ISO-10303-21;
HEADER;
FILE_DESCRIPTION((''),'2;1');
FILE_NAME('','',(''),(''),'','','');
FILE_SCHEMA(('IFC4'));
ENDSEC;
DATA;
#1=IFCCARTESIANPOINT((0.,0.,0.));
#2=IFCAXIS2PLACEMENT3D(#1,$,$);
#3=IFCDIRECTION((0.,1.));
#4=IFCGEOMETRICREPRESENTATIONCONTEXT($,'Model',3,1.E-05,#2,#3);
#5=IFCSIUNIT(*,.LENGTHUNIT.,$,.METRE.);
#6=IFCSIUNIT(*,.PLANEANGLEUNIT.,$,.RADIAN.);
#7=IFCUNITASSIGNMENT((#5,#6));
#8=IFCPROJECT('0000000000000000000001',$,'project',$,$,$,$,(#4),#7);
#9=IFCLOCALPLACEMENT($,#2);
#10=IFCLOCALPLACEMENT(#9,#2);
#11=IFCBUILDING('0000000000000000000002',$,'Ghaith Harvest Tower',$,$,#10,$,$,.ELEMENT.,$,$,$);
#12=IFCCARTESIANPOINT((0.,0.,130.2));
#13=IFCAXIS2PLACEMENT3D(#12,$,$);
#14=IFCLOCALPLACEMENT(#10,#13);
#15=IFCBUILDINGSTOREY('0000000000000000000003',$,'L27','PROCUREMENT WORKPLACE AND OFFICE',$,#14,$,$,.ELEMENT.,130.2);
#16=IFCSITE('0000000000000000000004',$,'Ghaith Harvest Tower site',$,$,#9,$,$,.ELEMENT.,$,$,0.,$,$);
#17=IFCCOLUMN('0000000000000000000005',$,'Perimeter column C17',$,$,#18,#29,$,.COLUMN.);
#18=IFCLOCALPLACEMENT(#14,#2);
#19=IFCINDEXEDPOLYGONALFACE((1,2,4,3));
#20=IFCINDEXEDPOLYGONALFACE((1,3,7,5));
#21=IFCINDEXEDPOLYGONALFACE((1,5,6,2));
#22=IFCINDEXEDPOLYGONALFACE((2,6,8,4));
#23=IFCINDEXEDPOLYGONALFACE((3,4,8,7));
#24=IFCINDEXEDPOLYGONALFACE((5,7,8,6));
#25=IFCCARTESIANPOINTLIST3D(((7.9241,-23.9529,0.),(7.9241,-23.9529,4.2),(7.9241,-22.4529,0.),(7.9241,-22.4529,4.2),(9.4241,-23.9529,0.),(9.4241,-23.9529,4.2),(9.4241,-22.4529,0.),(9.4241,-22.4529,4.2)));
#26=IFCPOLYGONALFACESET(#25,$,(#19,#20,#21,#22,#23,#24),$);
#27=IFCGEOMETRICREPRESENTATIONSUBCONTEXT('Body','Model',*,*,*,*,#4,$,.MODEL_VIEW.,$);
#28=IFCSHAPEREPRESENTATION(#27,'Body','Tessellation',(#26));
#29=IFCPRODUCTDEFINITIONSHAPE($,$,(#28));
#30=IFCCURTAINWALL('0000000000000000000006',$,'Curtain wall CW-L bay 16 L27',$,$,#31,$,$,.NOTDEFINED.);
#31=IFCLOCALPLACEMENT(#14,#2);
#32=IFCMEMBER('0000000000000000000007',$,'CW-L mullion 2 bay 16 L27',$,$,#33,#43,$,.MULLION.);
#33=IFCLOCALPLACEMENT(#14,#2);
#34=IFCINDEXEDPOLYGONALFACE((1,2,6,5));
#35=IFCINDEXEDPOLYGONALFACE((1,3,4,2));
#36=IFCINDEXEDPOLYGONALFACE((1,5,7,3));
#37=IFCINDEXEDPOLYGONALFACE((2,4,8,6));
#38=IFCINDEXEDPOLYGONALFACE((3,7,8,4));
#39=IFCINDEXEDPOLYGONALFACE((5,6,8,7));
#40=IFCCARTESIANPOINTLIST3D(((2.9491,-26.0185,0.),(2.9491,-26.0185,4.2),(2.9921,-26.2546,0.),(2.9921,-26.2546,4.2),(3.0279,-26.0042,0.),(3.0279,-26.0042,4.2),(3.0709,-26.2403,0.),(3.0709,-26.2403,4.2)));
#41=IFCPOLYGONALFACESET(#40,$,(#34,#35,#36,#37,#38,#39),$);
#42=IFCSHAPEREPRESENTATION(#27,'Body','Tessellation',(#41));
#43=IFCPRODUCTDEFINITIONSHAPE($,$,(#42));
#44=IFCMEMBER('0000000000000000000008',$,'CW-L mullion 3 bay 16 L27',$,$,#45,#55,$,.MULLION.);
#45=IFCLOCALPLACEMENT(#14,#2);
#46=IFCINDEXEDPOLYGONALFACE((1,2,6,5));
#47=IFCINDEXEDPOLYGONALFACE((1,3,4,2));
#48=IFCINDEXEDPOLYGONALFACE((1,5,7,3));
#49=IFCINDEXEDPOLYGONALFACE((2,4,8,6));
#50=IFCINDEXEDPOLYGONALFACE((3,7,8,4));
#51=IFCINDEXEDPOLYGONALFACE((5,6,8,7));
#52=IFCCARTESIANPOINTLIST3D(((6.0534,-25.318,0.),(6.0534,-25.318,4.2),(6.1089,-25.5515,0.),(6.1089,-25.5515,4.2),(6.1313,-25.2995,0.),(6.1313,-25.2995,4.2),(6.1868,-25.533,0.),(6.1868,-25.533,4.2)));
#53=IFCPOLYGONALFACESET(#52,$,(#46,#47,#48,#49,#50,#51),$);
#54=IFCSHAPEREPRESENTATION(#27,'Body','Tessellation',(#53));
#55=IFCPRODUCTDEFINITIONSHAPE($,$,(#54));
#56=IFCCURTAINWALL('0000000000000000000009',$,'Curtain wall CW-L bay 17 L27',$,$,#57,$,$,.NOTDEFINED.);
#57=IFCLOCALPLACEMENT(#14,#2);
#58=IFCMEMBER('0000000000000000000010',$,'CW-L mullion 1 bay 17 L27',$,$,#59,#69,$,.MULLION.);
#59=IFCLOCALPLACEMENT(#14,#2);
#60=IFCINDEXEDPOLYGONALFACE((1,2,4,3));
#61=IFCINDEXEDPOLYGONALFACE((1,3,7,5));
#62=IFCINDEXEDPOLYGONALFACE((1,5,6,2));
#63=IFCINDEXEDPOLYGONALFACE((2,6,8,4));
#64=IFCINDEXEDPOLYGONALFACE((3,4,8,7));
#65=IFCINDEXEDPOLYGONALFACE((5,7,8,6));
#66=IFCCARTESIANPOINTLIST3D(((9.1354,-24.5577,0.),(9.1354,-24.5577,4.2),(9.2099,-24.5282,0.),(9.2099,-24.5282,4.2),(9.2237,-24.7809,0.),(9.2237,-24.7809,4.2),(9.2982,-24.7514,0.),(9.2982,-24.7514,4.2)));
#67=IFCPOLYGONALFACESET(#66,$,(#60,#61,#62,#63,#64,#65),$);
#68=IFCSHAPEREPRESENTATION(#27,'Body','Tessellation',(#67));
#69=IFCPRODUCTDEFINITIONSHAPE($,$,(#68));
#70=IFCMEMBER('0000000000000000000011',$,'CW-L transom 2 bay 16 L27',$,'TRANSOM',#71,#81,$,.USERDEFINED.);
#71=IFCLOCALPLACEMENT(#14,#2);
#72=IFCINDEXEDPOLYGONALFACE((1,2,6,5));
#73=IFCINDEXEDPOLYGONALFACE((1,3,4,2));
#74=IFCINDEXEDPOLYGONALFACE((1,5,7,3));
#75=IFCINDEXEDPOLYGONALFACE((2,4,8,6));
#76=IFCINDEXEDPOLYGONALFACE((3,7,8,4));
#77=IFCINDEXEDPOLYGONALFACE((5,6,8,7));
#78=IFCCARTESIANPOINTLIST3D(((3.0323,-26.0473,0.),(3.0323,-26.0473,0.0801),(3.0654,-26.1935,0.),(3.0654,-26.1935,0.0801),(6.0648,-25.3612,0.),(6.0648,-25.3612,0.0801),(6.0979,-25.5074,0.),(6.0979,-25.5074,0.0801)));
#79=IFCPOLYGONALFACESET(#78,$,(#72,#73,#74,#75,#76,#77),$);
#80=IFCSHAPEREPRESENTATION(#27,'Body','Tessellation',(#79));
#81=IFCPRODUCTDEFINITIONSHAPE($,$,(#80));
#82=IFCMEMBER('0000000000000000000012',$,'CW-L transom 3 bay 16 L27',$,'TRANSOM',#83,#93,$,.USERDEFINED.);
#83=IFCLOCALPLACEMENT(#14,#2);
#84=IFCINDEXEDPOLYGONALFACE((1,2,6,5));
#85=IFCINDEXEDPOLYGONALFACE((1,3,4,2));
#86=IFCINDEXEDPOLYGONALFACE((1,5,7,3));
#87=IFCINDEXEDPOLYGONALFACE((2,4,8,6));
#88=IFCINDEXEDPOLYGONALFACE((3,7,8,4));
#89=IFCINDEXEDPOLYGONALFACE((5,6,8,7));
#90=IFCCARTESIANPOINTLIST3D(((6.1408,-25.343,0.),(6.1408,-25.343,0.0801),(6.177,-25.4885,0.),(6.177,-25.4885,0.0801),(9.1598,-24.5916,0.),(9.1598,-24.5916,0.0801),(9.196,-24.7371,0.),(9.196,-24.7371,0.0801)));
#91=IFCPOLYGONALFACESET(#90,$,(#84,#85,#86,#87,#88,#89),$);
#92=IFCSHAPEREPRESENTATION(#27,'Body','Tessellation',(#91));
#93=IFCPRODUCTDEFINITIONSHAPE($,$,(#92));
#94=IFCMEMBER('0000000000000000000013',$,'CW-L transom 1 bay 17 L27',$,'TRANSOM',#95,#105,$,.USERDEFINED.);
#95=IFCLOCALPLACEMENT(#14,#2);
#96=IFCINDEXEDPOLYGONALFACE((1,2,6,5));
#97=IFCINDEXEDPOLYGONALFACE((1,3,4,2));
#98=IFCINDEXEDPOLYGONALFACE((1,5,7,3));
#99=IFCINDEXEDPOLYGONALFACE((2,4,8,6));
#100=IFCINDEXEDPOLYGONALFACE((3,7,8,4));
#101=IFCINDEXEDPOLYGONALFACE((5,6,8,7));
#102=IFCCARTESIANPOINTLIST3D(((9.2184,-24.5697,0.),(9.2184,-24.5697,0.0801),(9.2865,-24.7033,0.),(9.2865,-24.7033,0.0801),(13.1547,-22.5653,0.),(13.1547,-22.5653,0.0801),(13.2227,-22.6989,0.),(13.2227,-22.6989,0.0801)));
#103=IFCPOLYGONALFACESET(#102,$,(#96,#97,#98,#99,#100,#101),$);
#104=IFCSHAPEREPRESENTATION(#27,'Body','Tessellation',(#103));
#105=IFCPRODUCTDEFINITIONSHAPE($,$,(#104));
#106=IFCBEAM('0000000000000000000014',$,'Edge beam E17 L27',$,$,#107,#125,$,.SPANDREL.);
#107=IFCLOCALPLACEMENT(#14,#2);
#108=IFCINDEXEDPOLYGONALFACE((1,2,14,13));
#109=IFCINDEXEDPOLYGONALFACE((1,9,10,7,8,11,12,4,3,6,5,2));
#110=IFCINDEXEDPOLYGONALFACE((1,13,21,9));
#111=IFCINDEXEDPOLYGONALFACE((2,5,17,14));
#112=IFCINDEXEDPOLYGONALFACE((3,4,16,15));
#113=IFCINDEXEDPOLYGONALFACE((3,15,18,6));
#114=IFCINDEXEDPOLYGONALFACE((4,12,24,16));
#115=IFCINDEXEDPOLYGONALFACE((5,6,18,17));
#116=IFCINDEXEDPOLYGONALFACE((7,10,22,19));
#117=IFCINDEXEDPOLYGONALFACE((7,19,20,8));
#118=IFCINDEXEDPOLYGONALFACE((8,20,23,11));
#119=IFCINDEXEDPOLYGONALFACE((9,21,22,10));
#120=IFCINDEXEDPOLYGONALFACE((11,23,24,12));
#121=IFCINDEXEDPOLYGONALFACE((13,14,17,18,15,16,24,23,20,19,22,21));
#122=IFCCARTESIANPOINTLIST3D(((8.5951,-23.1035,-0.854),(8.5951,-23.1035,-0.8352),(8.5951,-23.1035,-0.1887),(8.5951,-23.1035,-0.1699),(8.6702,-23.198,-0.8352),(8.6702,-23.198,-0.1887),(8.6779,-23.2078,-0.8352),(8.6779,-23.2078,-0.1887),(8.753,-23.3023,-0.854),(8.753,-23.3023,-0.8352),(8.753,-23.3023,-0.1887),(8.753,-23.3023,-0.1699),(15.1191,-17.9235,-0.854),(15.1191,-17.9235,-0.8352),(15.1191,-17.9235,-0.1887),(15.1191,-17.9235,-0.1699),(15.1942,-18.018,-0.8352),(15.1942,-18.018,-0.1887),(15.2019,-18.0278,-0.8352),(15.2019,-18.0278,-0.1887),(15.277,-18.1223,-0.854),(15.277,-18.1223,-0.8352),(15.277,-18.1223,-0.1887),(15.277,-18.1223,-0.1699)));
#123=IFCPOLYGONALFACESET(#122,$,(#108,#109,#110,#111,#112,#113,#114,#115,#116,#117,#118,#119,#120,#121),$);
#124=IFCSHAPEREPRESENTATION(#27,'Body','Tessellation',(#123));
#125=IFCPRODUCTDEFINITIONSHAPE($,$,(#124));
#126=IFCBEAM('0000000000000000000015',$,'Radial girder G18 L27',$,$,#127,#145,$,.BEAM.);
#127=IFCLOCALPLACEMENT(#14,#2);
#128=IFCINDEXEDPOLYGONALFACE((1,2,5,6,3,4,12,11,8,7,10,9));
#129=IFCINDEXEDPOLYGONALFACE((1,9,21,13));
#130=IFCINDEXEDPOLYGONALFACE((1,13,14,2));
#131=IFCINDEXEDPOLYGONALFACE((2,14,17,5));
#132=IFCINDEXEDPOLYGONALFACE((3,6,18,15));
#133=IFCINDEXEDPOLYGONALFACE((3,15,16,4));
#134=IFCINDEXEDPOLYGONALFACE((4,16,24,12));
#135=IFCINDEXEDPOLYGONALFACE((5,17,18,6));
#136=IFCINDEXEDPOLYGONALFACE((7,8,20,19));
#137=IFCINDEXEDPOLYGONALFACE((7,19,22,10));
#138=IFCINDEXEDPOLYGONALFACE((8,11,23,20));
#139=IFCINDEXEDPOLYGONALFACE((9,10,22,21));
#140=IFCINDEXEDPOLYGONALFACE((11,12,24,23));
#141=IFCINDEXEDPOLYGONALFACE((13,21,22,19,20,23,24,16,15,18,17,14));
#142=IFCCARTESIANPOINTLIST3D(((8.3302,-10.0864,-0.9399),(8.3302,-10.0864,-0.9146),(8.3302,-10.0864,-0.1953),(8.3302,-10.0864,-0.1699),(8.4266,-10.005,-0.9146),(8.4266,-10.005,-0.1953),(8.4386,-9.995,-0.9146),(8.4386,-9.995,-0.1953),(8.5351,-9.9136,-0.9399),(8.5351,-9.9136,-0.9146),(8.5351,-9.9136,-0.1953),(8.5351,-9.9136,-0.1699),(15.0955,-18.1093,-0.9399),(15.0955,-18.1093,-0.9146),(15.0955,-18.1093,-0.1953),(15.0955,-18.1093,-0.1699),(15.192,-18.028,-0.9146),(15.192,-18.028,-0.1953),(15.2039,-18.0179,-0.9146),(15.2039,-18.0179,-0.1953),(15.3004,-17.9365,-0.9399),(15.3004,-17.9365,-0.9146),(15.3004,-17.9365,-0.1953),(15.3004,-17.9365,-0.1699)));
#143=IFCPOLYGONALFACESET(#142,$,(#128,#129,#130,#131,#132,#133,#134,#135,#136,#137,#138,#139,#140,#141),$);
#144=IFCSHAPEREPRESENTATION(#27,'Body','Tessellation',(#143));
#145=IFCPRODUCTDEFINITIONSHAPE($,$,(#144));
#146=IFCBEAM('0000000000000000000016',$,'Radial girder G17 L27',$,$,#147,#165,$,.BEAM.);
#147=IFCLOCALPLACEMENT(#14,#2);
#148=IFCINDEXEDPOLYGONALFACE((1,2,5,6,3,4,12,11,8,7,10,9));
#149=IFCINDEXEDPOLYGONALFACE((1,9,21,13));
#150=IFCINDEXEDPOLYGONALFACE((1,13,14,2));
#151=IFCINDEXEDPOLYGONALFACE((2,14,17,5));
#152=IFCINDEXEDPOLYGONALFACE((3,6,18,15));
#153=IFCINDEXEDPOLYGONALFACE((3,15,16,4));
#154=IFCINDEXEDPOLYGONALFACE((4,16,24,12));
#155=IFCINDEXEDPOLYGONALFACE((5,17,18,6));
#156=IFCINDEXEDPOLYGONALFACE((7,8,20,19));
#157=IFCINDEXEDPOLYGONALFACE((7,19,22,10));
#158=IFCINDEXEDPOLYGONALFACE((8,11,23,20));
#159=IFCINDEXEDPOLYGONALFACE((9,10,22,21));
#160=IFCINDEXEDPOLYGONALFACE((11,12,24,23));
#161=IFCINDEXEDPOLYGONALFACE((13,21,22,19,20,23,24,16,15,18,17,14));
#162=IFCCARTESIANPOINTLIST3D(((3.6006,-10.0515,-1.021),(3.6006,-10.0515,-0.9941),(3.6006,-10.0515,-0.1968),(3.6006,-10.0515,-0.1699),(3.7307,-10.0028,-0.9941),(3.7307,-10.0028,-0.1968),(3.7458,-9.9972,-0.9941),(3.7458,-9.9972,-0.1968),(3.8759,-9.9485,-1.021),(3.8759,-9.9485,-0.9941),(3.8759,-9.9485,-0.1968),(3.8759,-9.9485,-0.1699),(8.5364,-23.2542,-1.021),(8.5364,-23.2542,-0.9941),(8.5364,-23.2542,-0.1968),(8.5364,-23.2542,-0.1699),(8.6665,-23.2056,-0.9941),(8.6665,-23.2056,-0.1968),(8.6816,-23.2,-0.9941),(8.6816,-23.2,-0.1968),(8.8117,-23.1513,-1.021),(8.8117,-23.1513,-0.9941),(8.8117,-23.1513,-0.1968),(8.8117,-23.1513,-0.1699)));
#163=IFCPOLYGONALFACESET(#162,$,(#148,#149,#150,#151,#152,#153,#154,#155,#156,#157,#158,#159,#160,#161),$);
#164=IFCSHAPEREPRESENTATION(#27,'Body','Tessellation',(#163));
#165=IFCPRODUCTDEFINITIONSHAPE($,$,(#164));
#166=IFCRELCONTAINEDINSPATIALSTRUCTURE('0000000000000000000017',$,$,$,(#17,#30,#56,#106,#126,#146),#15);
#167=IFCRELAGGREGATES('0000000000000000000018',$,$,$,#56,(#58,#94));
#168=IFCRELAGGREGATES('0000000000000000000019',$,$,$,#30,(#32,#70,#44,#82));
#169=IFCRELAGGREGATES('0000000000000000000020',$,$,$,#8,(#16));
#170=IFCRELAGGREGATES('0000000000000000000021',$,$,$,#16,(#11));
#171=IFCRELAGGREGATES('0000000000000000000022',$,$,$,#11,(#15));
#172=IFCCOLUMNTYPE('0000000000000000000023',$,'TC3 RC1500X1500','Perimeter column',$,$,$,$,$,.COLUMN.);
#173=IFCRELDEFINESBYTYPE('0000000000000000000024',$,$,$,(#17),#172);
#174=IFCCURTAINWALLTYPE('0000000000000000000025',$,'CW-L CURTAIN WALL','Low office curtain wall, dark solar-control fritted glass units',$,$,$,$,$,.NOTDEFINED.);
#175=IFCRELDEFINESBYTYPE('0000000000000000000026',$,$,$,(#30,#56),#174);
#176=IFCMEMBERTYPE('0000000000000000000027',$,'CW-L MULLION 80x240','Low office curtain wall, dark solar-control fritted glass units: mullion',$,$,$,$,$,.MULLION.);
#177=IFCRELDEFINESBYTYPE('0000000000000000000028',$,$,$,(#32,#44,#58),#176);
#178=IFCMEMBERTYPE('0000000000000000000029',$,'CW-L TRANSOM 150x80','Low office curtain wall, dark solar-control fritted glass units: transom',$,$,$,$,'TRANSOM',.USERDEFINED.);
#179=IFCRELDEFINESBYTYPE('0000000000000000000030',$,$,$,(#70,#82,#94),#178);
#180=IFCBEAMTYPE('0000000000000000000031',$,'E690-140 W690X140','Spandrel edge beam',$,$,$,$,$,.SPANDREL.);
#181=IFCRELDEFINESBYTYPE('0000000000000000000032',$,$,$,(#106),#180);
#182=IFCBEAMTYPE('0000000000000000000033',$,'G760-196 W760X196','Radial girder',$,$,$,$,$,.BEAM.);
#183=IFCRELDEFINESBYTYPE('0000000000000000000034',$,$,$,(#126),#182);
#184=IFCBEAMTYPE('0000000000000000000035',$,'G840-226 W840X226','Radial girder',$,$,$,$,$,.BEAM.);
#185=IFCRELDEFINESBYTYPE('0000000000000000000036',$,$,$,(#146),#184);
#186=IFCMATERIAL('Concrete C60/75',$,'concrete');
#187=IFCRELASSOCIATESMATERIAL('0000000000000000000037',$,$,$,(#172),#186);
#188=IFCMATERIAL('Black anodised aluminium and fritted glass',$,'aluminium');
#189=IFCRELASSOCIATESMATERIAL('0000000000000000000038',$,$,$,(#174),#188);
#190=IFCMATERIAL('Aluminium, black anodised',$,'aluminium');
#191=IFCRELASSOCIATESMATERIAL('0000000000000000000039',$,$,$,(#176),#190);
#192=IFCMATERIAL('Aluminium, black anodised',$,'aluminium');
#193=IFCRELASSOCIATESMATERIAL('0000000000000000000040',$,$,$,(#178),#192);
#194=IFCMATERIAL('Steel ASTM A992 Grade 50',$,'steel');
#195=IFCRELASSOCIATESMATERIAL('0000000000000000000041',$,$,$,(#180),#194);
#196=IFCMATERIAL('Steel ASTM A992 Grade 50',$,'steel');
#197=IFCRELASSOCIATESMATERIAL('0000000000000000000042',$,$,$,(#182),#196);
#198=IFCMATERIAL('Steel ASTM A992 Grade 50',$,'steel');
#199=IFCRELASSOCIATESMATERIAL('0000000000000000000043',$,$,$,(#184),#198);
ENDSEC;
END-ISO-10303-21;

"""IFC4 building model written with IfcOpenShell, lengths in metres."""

from ifc_helpers import new_model, si_unit, direction, frame, origin, origin_2d, place, context, subcontext, project, spatial, rectangle, i_section, extrude, material, material_profile, profile_set, type_object, element, aggregate, save


model = new_model("IFC4")

# Units and contexts
model_context = context("Model", 3, precision=1e-05, world=origin(), true_north=direction((0.0, 1.0)))
body_context = subcontext(model_context, "Body", "Model", "MODEL_VIEW")
ifc_project = project(units=[si_unit("LENGTHUNIT", "METRE"), si_unit("PLANEANGLEUNIT", "RADIAN")], contexts=[model_context])

# Site, building, storey
site_placement = place(None, origin())
site = spatial("IfcSite", under=ifc_project, at=site_placement, Name="Ghaith Harvest Tower site", CompositionType="ELEMENT", RefElevation=0.0)
building_placement = place(site_placement, origin())
building = spatial("IfcBuilding", under=site, at=building_placement, Name="Ghaith Harvest Tower", CompositionType="ELEMENT")
storey_placement = place(building_placement, frame((0.0, 0.0, 130.2)))
storey = spatial("IfcBuildingStorey", under=building, at=storey_placement, Name="L27", Description="PROCUREMENT WORKPLACE AND OFFICE", CompositionType="ELEMENT", Elevation=130.2)

# Column
ifc_material_1 = material(Name="Concrete C60/75", Category="concrete")
ifc_material_profile_1 = material_profile(ifc_material_1, rectangle(XDim=1.5, YDim=1.5, at=origin_2d()), Name="RC1500X1500")
ifc_profile_set_1 = profile_set([ifc_material_profile_1], Name="Concrete C60/75")
column_type = type_object("IfcColumnType", Name="TC3 RC1500X1500", Description="Perimeter column", PredefinedType="COLUMN", material=ifc_profile_set_1)
column_placement = place(storey_placement, frame((8.6741, -23.2029, 0.0), z_axis=(0.0, 0.0, 1.0), x_axis=(1.0, 0.0, 0.0)))
element("IfcColumn", 1, at=column_placement, inside=storey, type_object=column_type, Name="Perimeter column C17", PredefinedType="COLUMN", context=body_context, shape_type="SweptSolid", body=[
    extrude(rectangle(XDim=1.5, YDim=1.5, at=origin_2d()), origin(), (0.0, 0.0, 1.0), 4.2),
])

# Curtain wall, members
ifc_material_2 = material(Name="Black anodised aluminium and fritted glass", Category="aluminium")
curtain_wall_type = type_object("IfcCurtainWallType", Name="CW-L CURTAIN WALL", Description="Low office curtain wall, dark solar-control fritted glass units", PredefinedType="NOTDEFINED", material=ifc_material_2)
curtain_wall_1_placement = place(storey_placement, origin())
curtain_wall_1 = element("IfcCurtainWall", 2, at=curtain_wall_1_placement, inside=storey, type_object=curtain_wall_type, Name="Curtain wall CW-L bay 16 L27", PredefinedType="NOTDEFINED")
ifc_material_3 = material(Name="Aluminium, black anodised", Category="aluminium")
ifc_material_profile_2 = material_profile(ifc_material_3, rectangle(XDim=0.0801, YDim=0.24, at=origin_2d()), Name="CW-L MULLION 80x240")
ifc_profile_set_2 = profile_set([ifc_material_profile_2], Name="Aluminium, black anodised")
member_type_1 = type_object("IfcMemberType", Name="CW-L MULLION 80x240", Description="Low office curtain wall, dark solar-control fritted glass units: mullion", PredefinedType="MULLION", material=ifc_profile_set_2)
member_1_placement = place(storey_placement, frame((3.01, -26.1294, 0.0), z_axis=(0.0, 0.0, 1.0), x_axis=(0.983806, 0.179235, 0.0)))
member_1 = element("IfcMember", 3, at=member_1_placement, type_object=member_type_1, Name="CW-L mullion 2 bay 16 L27", PredefinedType="MULLION", context=body_context, shape_type="SweptSolid", body=[
    extrude(rectangle(XDim=0.0801, YDim=0.24, at=origin_2d()), origin(), (0.0, 0.0, 1.0), 4.2),
])
member_2_placement = place(storey_placement, frame((6.1201, -25.4255, 0.0), z_axis=(0.0, 0.0, 1.0), x_axis=(0.972918, 0.23115, 0.0)))
member_2 = element("IfcMember", 4, at=member_2_placement, type_object=member_type_1, Name="CW-L mullion 3 bay 16 L27", PredefinedType="MULLION", context=body_context, shape_type="SweptSolid", body=[
    extrude(rectangle(XDim=0.0801, YDim=0.24, at=origin_2d()), origin(), (0.0, 0.0, 1.0), 4.2),
])

# Curtain wall, member
curtain_wall_2_placement = place(storey_placement, origin())
curtain_wall_2 = element("IfcCurtainWall", 5, at=curtain_wall_2_placement, inside=storey, type_object=curtain_wall_type, Name="Curtain wall CW-L bay 17 L27", PredefinedType="NOTDEFINED")
member_3_placement = place(storey_placement, frame((9.2168, -24.6545, 0.0), z_axis=(0.0, 0.0, 1.0), x_axis=(0.929832, 0.367985, 0.0)))
member_3 = element("IfcMember", 6, at=member_3_placement, type_object=member_type_1, Name="CW-L mullion 1 bay 17 L27", PredefinedType="MULLION", context=body_context, shape_type="SweptSolid", body=[
    extrude(rectangle(XDim=0.0801, YDim=0.24, at=origin_2d()), origin(), (0.0, 0.0, 1.0), 4.2),
])

# Members
ifc_material_4 = material(Name="Aluminium, black anodised", Category="aluminium")
ifc_material_profile_3 = material_profile(ifc_material_4, rectangle(XDim=0.1499, YDim=0.0801, at=origin_2d()), Name="CW-L TRANSOM 150x80")
ifc_profile_set_3 = profile_set([ifc_material_profile_3], Name="Aluminium, black anodised")
member_type_2 = type_object("IfcMemberType", Name="CW-L TRANSOM 150x80", Description="Low office curtain wall, dark solar-control fritted glass units: transom", ElementType="TRANSOM", PredefinedType="USERDEFINED", material=ifc_profile_set_3)
member_4_placement = place(storey_placement, frame((3.0488, -26.1204, 0.04), z_axis=(0.975352, 0.220654, 0.0), x_axis=(-0.220654, 0.975352, 0.0)))
member_4 = element("IfcMember", 7, at=member_4_placement, type_object=member_type_2, Name="CW-L transom 2 bay 16 L27", ObjectType="TRANSOM", PredefinedType="USERDEFINED", context=body_context, shape_type="SweptSolid", body=[
    extrude(rectangle(XDim=0.1499, YDim=0.0801, at=origin_2d()), origin(), (0.0, 0.0, 1.0), 3.1091),
])
member_5_placement = place(storey_placement, frame((6.1589, -25.4158, 0.04), z_axis=(0.970391, 0.241538, 0.0), x_axis=(-0.241538, 0.970391, 0.0)))
member_5 = element("IfcMember", 8, at=member_5_placement, type_object=member_type_2, Name="CW-L transom 3 bay 16 L27", ObjectType="TRANSOM", PredefinedType="USERDEFINED", context=body_context, shape_type="SweptSolid", body=[
    extrude(rectangle(XDim=0.1499, YDim=0.0801, at=origin_2d()), origin(), (0.0, 0.0, 1.0), 3.1111),
])
member_6_placement = place(storey_placement, frame((9.2524, -24.6365, 0.04), z_axis=(0.89112, 0.453768, 0.0), x_axis=(-0.453768, 0.89112, 0.0)))
member_6 = element("IfcMember", 9, at=member_6_placement, type_object=member_type_2, Name="CW-L transom 1 bay 17 L27", ObjectType="TRANSOM", PredefinedType="USERDEFINED", context=body_context, shape_type="SweptSolid", body=[
    extrude(rectangle(XDim=0.1499, YDim=0.0801, at=origin_2d()), origin(), (0.0, 0.0, 1.0), 4.4172),
])
aggregate(curtain_wall_2, [member_3, member_6])

# Beams
ifc_material_5 = material(Name="Steel ASTM A992 Grade 50", Category="steel")
ifc_material_profile_4 = material_profile(ifc_material_5, i_section(OverallWidth=0.2539, OverallDepth=0.6841, WebThickness=0.0125, FlangeThickness=0.0188, at=origin_2d()), Name="W690X140")
ifc_profile_set_4 = profile_set([ifc_material_profile_4], Name="Steel ASTM A992 Grade 50")
beam_type_1 = type_object("IfcBeamType", Name="E690-140 W690X140", Description="Spandrel edge beam", PredefinedType="SPANDREL", material=ifc_profile_set_4)
beam_1_placement = place(storey_placement, frame((8.6741, -23.2029, -0.512), z_axis=(0.78316, 0.621821, 0.0), x_axis=(-0.621821, 0.78316, 0.0)))
element("IfcBeam", 10, at=beam_1_placement, inside=storey, type_object=beam_type_1, Name="Edge beam E17 L27", PredefinedType="SPANDREL", context=body_context, shape_type="SweptSolid", body=[
    extrude(i_section(OverallWidth=0.2539, OverallDepth=0.6841, WebThickness=0.0125, FlangeThickness=0.0188, at=origin_2d()), origin(), (0.0, 0.0, 1.0), 8.3303),
])
ifc_material_6 = material(Name="Steel ASTM A992 Grade 50", Category="steel")
ifc_material_profile_5 = material_profile(ifc_material_6, i_section(OverallWidth=0.2681, OverallDepth=0.77, WebThickness=0.0156, FlangeThickness=0.0254, at=origin_2d()), Name="W760X196")
ifc_profile_set_5 = profile_set([ifc_material_profile_5], Name="Steel ASTM A992 Grade 50")
beam_type_2 = type_object("IfcBeamType", Name="G760-196 W760X196", Description="Radial girder", PredefinedType="BEAM", material=ifc_profile_set_5)
beam_2_placement = place(storey_placement, frame((8.4326, -10.0, -0.5549), z_axis=(0.644649, -0.764478, 0.0), x_axis=(0.764478, 0.644649, 0.0)))
element("IfcBeam", 11, at=beam_2_placement, inside=storey, type_object=beam_type_2, Name="Radial girder G18 L27", PredefinedType="BEAM", context=body_context, shape_type="SweptSolid", body=[
    extrude(i_section(OverallWidth=0.2681, OverallDepth=0.77, WebThickness=0.0156, FlangeThickness=0.0254, at=origin_2d()), origin(), (0.0, 0.0, 1.0), 10.4946),
])
ifc_material_7 = material(Name="Steel ASTM A992 Grade 50", Category="steel")
ifc_material_profile_6 = material_profile(ifc_material_7, i_section(OverallWidth=0.2939, OverallDepth=0.8511, WebThickness=0.0161, FlangeThickness=0.0269, at=origin_2d()), Name="W840X226")
ifc_profile_set_6 = profile_set([ifc_material_profile_6], Name="Steel ASTM A992 Grade 50")
beam_type_3 = type_object("IfcBeamType", Name="G840-226 W840X226", Description="Radial girder", PredefinedType="BEAM", material=ifc_profile_set_6)
beam_3_placement = place(storey_placement, frame((3.7383, -10.0, -0.5955), z_axis=(0.350172, -0.936685, 0.0), x_axis=(0.936685, 0.350172, 0.0)))
element("IfcBeam", 12, at=beam_3_placement, inside=storey, type_object=beam_type_3, Name="Radial girder G17 L27", PredefinedType="BEAM", context=body_context, shape_type="SweptSolid", body=[
    extrude(i_section(OverallWidth=0.2939, OverallDepth=0.8511, WebThickness=0.0161, FlangeThickness=0.0269, at=origin_2d()), origin(), (0.0, 0.0, 1.0), 14.0952),
])

aggregate(curtain_wall_1, [member_1, member_4, member_2, member_5])

save(model, "model.ifc")
